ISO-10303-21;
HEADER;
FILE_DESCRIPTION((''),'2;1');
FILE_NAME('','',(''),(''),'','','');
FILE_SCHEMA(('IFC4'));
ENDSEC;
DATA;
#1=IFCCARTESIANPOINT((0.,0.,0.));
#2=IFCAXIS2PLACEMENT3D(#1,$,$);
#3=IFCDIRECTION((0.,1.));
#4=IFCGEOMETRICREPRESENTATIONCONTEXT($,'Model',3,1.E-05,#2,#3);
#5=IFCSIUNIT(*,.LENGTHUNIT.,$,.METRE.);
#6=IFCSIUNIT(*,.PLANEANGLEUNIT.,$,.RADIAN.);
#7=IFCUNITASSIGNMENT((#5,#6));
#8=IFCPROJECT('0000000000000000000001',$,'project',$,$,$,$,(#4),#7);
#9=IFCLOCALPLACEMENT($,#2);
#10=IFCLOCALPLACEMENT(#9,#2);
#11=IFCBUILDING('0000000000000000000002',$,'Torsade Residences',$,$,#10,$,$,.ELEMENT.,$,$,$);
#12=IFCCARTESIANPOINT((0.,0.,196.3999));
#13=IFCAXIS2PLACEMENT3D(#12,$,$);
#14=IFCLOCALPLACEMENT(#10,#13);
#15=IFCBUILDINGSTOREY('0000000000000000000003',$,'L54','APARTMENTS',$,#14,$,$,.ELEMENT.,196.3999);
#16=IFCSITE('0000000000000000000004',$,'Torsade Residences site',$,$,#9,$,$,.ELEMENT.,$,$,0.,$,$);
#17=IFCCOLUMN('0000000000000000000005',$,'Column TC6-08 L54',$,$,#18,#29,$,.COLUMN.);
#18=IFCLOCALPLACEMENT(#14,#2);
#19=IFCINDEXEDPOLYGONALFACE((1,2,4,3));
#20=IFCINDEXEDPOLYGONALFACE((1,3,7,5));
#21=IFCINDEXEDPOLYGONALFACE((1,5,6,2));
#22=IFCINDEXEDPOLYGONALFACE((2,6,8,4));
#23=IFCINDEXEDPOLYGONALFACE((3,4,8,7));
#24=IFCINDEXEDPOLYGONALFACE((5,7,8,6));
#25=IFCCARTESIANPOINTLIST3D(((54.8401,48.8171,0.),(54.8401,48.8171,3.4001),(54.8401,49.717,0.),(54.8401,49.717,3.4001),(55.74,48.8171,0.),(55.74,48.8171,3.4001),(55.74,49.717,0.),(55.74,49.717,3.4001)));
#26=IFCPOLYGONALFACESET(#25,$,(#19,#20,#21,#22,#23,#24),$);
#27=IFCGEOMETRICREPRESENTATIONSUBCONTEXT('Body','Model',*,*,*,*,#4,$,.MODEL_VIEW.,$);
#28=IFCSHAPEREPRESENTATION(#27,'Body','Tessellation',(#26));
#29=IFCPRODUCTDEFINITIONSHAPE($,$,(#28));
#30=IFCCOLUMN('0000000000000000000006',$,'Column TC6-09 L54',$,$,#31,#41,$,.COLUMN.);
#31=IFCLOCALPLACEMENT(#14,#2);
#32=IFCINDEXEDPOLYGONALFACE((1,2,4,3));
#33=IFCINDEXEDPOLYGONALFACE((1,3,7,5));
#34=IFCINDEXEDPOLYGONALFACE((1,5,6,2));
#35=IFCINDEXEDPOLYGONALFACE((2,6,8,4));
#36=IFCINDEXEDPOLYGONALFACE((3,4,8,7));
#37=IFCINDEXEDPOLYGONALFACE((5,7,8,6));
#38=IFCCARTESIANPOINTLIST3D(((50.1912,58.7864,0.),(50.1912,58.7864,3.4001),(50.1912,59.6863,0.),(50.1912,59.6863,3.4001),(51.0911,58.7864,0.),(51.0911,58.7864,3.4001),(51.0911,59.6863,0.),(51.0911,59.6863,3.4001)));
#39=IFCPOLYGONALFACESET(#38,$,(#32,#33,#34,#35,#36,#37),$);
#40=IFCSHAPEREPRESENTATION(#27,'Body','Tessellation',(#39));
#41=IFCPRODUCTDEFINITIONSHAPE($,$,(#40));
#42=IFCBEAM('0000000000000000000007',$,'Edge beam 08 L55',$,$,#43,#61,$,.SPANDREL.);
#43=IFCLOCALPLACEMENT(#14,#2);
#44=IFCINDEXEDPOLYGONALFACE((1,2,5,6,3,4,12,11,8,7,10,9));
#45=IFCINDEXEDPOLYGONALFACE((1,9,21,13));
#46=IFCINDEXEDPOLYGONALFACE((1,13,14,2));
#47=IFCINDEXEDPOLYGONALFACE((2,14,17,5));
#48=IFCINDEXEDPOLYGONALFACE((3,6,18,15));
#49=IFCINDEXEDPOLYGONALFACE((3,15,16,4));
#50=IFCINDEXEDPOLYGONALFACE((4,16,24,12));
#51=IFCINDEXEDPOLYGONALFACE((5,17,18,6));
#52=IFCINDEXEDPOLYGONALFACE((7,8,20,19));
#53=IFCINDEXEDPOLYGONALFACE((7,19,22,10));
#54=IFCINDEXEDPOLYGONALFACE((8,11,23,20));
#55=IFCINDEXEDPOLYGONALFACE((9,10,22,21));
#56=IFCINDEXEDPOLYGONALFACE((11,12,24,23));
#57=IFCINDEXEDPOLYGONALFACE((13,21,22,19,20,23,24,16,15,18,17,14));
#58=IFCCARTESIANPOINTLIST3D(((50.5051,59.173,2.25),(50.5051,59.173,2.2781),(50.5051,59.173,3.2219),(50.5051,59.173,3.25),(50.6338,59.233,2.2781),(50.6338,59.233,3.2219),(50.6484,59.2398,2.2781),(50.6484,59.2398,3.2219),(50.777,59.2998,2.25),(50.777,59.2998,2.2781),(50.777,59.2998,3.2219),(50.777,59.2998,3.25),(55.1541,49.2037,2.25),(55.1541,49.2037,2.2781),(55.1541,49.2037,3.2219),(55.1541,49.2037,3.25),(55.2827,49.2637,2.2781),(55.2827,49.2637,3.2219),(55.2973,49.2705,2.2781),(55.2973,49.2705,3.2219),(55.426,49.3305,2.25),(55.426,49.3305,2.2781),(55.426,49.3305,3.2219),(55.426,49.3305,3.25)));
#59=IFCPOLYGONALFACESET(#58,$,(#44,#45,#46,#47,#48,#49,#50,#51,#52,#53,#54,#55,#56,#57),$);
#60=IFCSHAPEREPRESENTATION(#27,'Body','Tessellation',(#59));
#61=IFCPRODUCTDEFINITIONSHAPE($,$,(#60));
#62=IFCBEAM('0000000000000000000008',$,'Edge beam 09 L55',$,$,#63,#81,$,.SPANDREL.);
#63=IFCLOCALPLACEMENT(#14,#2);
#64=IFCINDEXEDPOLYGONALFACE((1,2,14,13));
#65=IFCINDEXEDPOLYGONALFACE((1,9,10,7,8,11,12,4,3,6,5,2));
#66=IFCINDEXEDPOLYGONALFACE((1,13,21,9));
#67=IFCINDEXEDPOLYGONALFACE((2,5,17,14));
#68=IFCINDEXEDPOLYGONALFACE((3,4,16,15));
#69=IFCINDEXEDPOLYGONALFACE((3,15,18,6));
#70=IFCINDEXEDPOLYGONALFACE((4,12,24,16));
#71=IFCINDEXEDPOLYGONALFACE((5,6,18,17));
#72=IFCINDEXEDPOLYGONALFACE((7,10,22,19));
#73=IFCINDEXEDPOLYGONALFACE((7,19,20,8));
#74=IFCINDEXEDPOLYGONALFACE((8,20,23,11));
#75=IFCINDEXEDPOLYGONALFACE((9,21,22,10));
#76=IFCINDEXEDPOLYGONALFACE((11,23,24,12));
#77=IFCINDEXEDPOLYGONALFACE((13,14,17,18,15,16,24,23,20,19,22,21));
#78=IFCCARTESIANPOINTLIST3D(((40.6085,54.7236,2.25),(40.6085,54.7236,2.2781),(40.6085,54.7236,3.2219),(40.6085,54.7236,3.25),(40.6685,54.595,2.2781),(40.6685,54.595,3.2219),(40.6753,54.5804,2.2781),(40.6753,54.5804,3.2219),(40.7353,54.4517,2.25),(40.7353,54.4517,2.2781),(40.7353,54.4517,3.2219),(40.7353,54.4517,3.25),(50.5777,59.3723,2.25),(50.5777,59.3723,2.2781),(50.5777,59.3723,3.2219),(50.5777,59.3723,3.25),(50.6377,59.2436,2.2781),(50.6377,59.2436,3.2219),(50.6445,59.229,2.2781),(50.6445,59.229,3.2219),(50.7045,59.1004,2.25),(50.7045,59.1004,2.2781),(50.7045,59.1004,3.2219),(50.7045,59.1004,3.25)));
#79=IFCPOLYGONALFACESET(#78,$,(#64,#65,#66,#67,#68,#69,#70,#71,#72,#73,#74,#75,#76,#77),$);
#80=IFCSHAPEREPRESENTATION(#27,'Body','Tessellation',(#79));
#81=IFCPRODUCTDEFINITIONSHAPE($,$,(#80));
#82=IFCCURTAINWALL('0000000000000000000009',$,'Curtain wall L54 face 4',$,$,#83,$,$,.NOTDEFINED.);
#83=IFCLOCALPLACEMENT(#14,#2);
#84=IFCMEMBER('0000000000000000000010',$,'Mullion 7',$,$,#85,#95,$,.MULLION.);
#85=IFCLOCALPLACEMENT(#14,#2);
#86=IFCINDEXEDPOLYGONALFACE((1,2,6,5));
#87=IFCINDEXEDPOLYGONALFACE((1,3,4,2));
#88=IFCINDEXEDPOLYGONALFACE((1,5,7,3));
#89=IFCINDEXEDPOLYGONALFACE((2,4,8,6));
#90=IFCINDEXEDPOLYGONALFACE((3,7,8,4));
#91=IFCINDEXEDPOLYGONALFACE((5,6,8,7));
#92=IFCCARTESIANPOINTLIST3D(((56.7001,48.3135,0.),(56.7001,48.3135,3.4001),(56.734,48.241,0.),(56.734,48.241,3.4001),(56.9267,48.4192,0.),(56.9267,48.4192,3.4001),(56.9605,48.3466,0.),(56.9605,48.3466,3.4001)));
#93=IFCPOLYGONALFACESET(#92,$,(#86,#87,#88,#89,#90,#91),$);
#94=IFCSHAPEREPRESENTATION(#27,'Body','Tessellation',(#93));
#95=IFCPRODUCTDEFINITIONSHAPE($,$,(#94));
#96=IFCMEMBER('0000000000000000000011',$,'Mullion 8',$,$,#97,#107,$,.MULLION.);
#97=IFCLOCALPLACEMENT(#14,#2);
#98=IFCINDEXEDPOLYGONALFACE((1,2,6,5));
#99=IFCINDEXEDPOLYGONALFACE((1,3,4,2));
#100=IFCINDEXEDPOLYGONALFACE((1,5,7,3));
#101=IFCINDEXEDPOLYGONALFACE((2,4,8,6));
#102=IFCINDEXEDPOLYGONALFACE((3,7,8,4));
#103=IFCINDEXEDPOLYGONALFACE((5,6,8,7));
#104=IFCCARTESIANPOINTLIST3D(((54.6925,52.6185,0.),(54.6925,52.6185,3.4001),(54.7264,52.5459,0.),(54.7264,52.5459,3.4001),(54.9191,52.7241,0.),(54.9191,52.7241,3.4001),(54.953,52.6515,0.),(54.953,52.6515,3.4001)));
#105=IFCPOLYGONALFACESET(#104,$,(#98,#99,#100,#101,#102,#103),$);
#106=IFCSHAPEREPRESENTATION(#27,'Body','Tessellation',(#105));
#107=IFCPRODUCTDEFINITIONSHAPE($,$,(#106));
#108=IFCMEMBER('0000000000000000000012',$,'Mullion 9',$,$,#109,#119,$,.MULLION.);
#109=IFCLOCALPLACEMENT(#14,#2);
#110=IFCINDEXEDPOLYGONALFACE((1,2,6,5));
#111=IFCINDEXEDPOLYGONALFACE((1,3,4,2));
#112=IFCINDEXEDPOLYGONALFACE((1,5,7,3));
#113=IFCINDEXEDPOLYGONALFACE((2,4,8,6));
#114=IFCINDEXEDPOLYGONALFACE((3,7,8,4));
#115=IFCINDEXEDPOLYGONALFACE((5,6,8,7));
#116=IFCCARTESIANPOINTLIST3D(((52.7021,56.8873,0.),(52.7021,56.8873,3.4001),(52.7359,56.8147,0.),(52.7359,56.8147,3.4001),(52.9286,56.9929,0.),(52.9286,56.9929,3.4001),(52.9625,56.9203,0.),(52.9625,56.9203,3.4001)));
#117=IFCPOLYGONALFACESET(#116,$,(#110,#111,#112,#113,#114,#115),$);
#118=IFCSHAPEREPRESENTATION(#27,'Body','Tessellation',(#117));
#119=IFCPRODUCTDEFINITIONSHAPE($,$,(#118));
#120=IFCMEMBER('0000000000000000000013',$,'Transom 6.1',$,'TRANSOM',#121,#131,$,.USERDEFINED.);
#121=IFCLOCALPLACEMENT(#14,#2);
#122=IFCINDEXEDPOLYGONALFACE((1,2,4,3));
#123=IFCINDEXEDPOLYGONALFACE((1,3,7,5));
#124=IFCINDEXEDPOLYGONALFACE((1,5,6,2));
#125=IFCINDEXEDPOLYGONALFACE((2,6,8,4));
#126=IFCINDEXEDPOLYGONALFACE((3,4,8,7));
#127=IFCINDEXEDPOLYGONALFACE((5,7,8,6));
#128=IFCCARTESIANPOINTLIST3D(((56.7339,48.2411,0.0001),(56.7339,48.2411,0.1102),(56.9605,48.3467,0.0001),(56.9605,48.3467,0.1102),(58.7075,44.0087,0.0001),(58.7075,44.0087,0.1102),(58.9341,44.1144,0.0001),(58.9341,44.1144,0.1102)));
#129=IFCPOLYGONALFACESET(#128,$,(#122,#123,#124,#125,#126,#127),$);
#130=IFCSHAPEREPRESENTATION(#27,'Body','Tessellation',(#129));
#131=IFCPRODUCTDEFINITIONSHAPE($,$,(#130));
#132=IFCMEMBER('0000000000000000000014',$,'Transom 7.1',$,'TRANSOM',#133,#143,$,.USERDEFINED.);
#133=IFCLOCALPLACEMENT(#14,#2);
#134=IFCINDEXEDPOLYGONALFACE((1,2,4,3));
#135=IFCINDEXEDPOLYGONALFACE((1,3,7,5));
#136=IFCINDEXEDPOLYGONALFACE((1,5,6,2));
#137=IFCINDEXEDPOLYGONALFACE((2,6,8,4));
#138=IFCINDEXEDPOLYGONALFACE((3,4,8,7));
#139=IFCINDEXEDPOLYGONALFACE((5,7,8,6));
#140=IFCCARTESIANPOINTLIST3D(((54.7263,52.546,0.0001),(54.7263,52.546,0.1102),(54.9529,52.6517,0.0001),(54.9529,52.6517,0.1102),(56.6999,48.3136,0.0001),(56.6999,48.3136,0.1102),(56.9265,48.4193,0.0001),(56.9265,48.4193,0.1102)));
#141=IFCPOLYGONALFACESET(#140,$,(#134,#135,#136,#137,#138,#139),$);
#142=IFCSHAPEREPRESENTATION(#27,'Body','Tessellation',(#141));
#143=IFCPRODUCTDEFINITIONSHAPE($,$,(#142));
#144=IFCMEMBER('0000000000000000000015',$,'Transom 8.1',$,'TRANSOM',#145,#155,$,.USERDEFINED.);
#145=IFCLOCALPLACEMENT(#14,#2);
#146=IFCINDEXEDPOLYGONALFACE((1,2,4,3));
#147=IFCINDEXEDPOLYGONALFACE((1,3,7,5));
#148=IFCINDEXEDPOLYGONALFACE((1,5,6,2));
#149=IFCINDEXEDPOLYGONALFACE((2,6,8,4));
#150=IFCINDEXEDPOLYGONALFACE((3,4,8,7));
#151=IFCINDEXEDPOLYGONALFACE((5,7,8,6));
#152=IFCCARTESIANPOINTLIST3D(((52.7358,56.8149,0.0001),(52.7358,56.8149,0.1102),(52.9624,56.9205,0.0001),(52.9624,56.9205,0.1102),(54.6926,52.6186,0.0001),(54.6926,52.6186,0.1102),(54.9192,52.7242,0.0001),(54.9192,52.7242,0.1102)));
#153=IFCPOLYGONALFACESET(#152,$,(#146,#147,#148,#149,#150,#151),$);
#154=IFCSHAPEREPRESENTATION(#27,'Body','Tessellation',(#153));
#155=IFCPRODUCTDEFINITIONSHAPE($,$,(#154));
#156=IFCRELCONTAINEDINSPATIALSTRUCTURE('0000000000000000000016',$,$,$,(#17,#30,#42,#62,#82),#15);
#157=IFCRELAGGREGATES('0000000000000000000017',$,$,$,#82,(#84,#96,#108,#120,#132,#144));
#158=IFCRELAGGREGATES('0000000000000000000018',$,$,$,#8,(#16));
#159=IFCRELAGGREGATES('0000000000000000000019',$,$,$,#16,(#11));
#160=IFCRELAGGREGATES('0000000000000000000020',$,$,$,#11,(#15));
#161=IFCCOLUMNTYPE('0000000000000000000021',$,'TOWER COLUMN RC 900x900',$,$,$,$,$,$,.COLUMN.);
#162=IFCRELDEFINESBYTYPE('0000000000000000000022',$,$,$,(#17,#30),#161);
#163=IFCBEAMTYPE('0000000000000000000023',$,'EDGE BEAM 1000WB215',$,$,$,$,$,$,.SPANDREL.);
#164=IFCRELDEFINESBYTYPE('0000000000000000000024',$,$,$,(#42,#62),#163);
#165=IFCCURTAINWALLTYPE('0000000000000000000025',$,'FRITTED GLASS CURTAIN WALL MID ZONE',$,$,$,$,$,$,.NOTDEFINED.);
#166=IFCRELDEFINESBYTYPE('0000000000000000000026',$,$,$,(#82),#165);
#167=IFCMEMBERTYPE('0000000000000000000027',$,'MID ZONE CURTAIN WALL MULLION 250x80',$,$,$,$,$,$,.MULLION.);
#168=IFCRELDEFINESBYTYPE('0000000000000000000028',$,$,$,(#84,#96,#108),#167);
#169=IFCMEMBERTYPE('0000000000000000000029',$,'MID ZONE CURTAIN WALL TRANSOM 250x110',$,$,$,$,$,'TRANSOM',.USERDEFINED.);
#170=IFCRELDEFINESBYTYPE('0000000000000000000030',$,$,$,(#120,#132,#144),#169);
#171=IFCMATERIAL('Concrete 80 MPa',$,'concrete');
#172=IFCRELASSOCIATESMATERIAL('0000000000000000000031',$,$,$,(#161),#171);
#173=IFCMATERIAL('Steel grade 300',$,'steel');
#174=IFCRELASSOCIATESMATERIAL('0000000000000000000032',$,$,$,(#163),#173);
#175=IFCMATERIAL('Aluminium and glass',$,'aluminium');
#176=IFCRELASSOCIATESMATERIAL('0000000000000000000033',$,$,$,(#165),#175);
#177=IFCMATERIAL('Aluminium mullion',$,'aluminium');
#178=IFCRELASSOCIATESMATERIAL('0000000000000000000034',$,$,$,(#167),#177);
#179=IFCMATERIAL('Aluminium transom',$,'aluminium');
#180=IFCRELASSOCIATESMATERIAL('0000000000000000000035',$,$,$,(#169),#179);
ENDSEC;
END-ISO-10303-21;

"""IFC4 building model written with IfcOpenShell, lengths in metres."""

from ifc_helpers import new_model, si_unit, direction, frame, origin, origin_2d, place, context, subcontext, project, spatial, rectangle, i_section, extrude, material, material_profile, profile_set, type_object, element, aggregate, save


model = new_model("IFC4")

# Units and contexts
model_context = context("Model", 3, precision=1e-05, world=origin(), true_north=direction((0.0, 1.0)))
body_context = subcontext(model_context, "Body", "Model", "MODEL_VIEW")
ifc_project = project(units=[si_unit("LENGTHUNIT", "METRE"), si_unit("PLANEANGLEUNIT", "RADIAN")], contexts=[model_context])

# Site, building, storey
site_placement = place(None, origin())
site = spatial("IfcSite", under=ifc_project, at=site_placement, Name="Torsade Residences site", CompositionType="ELEMENT", RefElevation=0.0)
building_placement = place(site_placement, origin())
building = spatial("IfcBuilding", under=site, at=building_placement, Name="Torsade Residences", CompositionType="ELEMENT")
storey_placement = place(building_placement, frame((0.0, 0.0, 196.3999)))
storey = spatial("IfcBuildingStorey", under=building, at=storey_placement, Name="L54", Description="APARTMENTS", CompositionType="ELEMENT", Elevation=196.3999)

# Columns
ifc_material_1 = material(Name="Concrete 80 MPa", Category="concrete")
ifc_material_profile_1 = material_profile(ifc_material_1, rectangle(XDim=0.8999, YDim=0.8999, at=origin_2d()), Name="RC 900x900")
ifc_profile_set_1 = profile_set([ifc_material_profile_1], Name="Concrete 80 MPa")
column_type = type_object("IfcColumnType", Name="TOWER COLUMN RC 900x900", PredefinedType="COLUMN", material=ifc_profile_set_1)
for number, where, z_axis, x_axis, name in (
    (1, (55.29, 49.2671, 0.0), (0.0, 0.0, 1.0), (1.0, 0.0, 0.0), "Column TC6-08 L54"),
    (2, (50.6411, 59.2363, 0.0), (0.0, 0.0, 1.0), (1.0, 0.0, 0.0), "Column TC6-09 L54"),
):
    element("IfcColumn", number, at=place(storey_placement, frame(where, z_axis=z_axis, x_axis=x_axis)), inside=storey, type_object=column_type, Name=name, PredefinedType="COLUMN", context=body_context, shape_type="SweptSolid", body=[
        extrude(rectangle(XDim=0.8999, YDim=0.8999, at=origin_2d()), origin(), (0.0, 0.0, 1.0), 3.4001),
    ])

# Beams
ifc_material_2 = material(Name="Steel grade 300", Category="steel")
ifc_material_profile_2 = material_profile(ifc_material_2, i_section(OverallWidth=0.3, OverallDepth=1.0, WebThickness=0.0161, FlangeThickness=0.0281, at=origin_2d()), Name="1000WB215")
ifc_profile_set_2 = profile_set([ifc_material_profile_2], Name="Steel grade 300")
beam_type_1 = type_object("IfcBeamType", Name="EDGE BEAM 1000WB215", PredefinedType="SPANDREL", material=ifc_profile_set_2)
beam_1_placement = place(storey_placement, frame((55.29, 49.2671, 2.75), z_axis=(-0.422633, 0.906301, 0.0), x_axis=(-0.906301, -0.422633, 0.0)))
element("IfcBeam", 3, at=beam_1_placement, inside=storey, type_object=beam_type_1, Name="Edge beam 08 L55", PredefinedType="SPANDREL", context=body_context, shape_type="SweptSolid", body=[
    extrude(i_section(OverallWidth=0.3, OverallDepth=1.0, WebThickness=0.0161, FlangeThickness=0.0281, at=origin_2d()), origin(), (0.0, 0.0, 1.0), 11.0),
])
beam_2_placement = place(storey_placement, frame((50.6411, 59.2363, 2.75), z_axis=(-0.90631, -0.422614, 0.0), x_axis=(0.422614, -0.90631, 0.0)))
element("IfcBeam", 4, at=beam_2_placement, inside=storey, type_object=beam_type_1, Name="Edge beam 09 L55", PredefinedType="SPANDREL", context=body_context, shape_type="SweptSolid", body=[
    extrude(i_section(OverallWidth=0.3, OverallDepth=1.0, WebThickness=0.0161, FlangeThickness=0.0281, at=origin_2d()), origin(), (0.0, 0.0, 1.0), 10.9998),
])

# Curtain wall, members
ifc_material_3 = material(Name="Aluminium and glass", Category="aluminium")
curtain_wall_type = type_object("IfcCurtainWallType", Name="FRITTED GLASS CURTAIN WALL MID ZONE", PredefinedType="NOTDEFINED", material=ifc_material_3)
curtain_wall_placement = place(storey_placement, origin())
curtain_wall = element("IfcCurtainWall", 5, at=curtain_wall_placement, inside=storey, type_object=curtain_wall_type, Name="Curtain wall L54 face 4", PredefinedType="NOTDEFINED")
ifc_material_4 = material(Name="Aluminium mullion", Category="aluminium")
ifc_material_profile_3 = material_profile(ifc_material_4, rectangle(XDim=0.25, YDim=0.0801, at=origin_2d()), Name="MID ZONE CURTAIN WALL MULLION 250x80")
ifc_profile_set_3 = profile_set([ifc_material_profile_3], Name="Aluminium mullion")
member_type_1 = type_object("IfcMemberType", Name="MID ZONE CURTAIN WALL MULLION 250x80", PredefinedType="MULLION", material=ifc_profile_set_3)
member_1_placement = place(storey_placement, frame((56.8303, 48.3301, 0.0), z_axis=(0.0, 0.0, 1.0), x_axis=(-0.906308, -0.422618, 0.0)))
member_1 = element("IfcMember", 6, at=member_1_placement, type_object=member_type_1, Name="Mullion 7", PredefinedType="MULLION", context=body_context, shape_type="SweptSolid", body=[
    extrude(rectangle(XDim=0.25, YDim=0.0801, at=origin_2d()), origin(), (0.0, 0.0, 1.0), 3.4001),
])
member_2_placement = place(storey_placement, frame((54.8228, 52.635, 0.0), z_axis=(0.0, 0.0, 1.0), x_axis=(-0.906308, -0.422618, 0.0)))
member_2 = element("IfcMember", 7, at=member_2_placement, type_object=member_type_1, Name="Mullion 8", PredefinedType="MULLION", context=body_context, shape_type="SweptSolid", body=[
    extrude(rectangle(XDim=0.25, YDim=0.0801, at=origin_2d()), origin(), (0.0, 0.0, 1.0), 3.4001),
])
member_3_placement = place(storey_placement, frame((52.8323, 56.9038, 0.0), z_axis=(0.0, 0.0, 1.0), x_axis=(-0.906308, -0.422618, 0.0)))
member_3 = element("IfcMember", 8, at=member_3_placement, type_object=member_type_1, Name="Mullion 9", PredefinedType="MULLION", context=body_context, shape_type="SweptSolid", body=[
    extrude(rectangle(XDim=0.25, YDim=0.0801, at=origin_2d()), origin(), (0.0, 0.0, 1.0), 3.4001),
])
ifc_material_5 = material(Name="Aluminium transom", Category="aluminium")
ifc_material_profile_4 = material_profile(ifc_material_5, rectangle(XDim=0.25, YDim=0.1101, at=origin_2d()), Name="MID ZONE CURTAIN WALL TRANSOM 250x110")
ifc_profile_set_4 = profile_set([ifc_material_profile_4], Name="Aluminium transom")
member_type_2 = type_object("IfcMemberType", Name="MID ZONE CURTAIN WALL TRANSOM 250x110", ElementType="TRANSOM", PredefinedType="USERDEFINED", material=ifc_profile_set_4)
member_4_placement = place(storey_placement, frame((58.8208, 44.0615, 0.0552), z_axis=(-0.422622, 0.906306, 0.0), x_axis=(-0.906306, -0.422622, 0.0)))
member_4 = element("IfcMember", 9, at=member_4_placement, type_object=member_type_2, Name="Transom 6.1", ObjectType="TRANSOM", PredefinedType="USERDEFINED", context=body_context, shape_type="SweptSolid", body=[
    extrude(rectangle(XDim=0.25, YDim=0.1101, at=origin_2d()), origin(), (0.0, 0.0, 1.0), 4.6699),
])
member_5_placement = place(storey_placement, frame((56.8132, 48.3665, 0.0552), z_axis=(-0.422622, 0.906306, 0.0), x_axis=(-0.906306, -0.422622, 0.0)))
member_5 = element("IfcMember", 10, at=member_5_placement, type_object=member_type_2, Name="Transom 7.1", ObjectType="TRANSOM", PredefinedType="USERDEFINED", context=body_context, shape_type="SweptSolid", body=[
    extrude(rectangle(XDim=0.25, YDim=0.1101, at=origin_2d()), origin(), (0.0, 0.0, 1.0), 4.6699),
])
member_6_placement = place(storey_placement, frame((54.8059, 52.6714, 0.0552), z_axis=(-0.422623, 0.906306, 0.0), x_axis=(-0.906306, -0.422623, 0.0)))
member_6 = element("IfcMember", 11, at=member_6_placement, type_object=member_type_2, Name="Transom 8.1", ObjectType="TRANSOM", PredefinedType="USERDEFINED", context=body_context, shape_type="SweptSolid", body=[
    extrude(rectangle(XDim=0.25, YDim=0.1101, at=origin_2d()), origin(), (0.0, 0.0, 1.0), 4.6301),
])

aggregate(curtain_wall, [member_1, member_2, member_3, member_4, member_5, member_6])

save(model, "model.ifc")
